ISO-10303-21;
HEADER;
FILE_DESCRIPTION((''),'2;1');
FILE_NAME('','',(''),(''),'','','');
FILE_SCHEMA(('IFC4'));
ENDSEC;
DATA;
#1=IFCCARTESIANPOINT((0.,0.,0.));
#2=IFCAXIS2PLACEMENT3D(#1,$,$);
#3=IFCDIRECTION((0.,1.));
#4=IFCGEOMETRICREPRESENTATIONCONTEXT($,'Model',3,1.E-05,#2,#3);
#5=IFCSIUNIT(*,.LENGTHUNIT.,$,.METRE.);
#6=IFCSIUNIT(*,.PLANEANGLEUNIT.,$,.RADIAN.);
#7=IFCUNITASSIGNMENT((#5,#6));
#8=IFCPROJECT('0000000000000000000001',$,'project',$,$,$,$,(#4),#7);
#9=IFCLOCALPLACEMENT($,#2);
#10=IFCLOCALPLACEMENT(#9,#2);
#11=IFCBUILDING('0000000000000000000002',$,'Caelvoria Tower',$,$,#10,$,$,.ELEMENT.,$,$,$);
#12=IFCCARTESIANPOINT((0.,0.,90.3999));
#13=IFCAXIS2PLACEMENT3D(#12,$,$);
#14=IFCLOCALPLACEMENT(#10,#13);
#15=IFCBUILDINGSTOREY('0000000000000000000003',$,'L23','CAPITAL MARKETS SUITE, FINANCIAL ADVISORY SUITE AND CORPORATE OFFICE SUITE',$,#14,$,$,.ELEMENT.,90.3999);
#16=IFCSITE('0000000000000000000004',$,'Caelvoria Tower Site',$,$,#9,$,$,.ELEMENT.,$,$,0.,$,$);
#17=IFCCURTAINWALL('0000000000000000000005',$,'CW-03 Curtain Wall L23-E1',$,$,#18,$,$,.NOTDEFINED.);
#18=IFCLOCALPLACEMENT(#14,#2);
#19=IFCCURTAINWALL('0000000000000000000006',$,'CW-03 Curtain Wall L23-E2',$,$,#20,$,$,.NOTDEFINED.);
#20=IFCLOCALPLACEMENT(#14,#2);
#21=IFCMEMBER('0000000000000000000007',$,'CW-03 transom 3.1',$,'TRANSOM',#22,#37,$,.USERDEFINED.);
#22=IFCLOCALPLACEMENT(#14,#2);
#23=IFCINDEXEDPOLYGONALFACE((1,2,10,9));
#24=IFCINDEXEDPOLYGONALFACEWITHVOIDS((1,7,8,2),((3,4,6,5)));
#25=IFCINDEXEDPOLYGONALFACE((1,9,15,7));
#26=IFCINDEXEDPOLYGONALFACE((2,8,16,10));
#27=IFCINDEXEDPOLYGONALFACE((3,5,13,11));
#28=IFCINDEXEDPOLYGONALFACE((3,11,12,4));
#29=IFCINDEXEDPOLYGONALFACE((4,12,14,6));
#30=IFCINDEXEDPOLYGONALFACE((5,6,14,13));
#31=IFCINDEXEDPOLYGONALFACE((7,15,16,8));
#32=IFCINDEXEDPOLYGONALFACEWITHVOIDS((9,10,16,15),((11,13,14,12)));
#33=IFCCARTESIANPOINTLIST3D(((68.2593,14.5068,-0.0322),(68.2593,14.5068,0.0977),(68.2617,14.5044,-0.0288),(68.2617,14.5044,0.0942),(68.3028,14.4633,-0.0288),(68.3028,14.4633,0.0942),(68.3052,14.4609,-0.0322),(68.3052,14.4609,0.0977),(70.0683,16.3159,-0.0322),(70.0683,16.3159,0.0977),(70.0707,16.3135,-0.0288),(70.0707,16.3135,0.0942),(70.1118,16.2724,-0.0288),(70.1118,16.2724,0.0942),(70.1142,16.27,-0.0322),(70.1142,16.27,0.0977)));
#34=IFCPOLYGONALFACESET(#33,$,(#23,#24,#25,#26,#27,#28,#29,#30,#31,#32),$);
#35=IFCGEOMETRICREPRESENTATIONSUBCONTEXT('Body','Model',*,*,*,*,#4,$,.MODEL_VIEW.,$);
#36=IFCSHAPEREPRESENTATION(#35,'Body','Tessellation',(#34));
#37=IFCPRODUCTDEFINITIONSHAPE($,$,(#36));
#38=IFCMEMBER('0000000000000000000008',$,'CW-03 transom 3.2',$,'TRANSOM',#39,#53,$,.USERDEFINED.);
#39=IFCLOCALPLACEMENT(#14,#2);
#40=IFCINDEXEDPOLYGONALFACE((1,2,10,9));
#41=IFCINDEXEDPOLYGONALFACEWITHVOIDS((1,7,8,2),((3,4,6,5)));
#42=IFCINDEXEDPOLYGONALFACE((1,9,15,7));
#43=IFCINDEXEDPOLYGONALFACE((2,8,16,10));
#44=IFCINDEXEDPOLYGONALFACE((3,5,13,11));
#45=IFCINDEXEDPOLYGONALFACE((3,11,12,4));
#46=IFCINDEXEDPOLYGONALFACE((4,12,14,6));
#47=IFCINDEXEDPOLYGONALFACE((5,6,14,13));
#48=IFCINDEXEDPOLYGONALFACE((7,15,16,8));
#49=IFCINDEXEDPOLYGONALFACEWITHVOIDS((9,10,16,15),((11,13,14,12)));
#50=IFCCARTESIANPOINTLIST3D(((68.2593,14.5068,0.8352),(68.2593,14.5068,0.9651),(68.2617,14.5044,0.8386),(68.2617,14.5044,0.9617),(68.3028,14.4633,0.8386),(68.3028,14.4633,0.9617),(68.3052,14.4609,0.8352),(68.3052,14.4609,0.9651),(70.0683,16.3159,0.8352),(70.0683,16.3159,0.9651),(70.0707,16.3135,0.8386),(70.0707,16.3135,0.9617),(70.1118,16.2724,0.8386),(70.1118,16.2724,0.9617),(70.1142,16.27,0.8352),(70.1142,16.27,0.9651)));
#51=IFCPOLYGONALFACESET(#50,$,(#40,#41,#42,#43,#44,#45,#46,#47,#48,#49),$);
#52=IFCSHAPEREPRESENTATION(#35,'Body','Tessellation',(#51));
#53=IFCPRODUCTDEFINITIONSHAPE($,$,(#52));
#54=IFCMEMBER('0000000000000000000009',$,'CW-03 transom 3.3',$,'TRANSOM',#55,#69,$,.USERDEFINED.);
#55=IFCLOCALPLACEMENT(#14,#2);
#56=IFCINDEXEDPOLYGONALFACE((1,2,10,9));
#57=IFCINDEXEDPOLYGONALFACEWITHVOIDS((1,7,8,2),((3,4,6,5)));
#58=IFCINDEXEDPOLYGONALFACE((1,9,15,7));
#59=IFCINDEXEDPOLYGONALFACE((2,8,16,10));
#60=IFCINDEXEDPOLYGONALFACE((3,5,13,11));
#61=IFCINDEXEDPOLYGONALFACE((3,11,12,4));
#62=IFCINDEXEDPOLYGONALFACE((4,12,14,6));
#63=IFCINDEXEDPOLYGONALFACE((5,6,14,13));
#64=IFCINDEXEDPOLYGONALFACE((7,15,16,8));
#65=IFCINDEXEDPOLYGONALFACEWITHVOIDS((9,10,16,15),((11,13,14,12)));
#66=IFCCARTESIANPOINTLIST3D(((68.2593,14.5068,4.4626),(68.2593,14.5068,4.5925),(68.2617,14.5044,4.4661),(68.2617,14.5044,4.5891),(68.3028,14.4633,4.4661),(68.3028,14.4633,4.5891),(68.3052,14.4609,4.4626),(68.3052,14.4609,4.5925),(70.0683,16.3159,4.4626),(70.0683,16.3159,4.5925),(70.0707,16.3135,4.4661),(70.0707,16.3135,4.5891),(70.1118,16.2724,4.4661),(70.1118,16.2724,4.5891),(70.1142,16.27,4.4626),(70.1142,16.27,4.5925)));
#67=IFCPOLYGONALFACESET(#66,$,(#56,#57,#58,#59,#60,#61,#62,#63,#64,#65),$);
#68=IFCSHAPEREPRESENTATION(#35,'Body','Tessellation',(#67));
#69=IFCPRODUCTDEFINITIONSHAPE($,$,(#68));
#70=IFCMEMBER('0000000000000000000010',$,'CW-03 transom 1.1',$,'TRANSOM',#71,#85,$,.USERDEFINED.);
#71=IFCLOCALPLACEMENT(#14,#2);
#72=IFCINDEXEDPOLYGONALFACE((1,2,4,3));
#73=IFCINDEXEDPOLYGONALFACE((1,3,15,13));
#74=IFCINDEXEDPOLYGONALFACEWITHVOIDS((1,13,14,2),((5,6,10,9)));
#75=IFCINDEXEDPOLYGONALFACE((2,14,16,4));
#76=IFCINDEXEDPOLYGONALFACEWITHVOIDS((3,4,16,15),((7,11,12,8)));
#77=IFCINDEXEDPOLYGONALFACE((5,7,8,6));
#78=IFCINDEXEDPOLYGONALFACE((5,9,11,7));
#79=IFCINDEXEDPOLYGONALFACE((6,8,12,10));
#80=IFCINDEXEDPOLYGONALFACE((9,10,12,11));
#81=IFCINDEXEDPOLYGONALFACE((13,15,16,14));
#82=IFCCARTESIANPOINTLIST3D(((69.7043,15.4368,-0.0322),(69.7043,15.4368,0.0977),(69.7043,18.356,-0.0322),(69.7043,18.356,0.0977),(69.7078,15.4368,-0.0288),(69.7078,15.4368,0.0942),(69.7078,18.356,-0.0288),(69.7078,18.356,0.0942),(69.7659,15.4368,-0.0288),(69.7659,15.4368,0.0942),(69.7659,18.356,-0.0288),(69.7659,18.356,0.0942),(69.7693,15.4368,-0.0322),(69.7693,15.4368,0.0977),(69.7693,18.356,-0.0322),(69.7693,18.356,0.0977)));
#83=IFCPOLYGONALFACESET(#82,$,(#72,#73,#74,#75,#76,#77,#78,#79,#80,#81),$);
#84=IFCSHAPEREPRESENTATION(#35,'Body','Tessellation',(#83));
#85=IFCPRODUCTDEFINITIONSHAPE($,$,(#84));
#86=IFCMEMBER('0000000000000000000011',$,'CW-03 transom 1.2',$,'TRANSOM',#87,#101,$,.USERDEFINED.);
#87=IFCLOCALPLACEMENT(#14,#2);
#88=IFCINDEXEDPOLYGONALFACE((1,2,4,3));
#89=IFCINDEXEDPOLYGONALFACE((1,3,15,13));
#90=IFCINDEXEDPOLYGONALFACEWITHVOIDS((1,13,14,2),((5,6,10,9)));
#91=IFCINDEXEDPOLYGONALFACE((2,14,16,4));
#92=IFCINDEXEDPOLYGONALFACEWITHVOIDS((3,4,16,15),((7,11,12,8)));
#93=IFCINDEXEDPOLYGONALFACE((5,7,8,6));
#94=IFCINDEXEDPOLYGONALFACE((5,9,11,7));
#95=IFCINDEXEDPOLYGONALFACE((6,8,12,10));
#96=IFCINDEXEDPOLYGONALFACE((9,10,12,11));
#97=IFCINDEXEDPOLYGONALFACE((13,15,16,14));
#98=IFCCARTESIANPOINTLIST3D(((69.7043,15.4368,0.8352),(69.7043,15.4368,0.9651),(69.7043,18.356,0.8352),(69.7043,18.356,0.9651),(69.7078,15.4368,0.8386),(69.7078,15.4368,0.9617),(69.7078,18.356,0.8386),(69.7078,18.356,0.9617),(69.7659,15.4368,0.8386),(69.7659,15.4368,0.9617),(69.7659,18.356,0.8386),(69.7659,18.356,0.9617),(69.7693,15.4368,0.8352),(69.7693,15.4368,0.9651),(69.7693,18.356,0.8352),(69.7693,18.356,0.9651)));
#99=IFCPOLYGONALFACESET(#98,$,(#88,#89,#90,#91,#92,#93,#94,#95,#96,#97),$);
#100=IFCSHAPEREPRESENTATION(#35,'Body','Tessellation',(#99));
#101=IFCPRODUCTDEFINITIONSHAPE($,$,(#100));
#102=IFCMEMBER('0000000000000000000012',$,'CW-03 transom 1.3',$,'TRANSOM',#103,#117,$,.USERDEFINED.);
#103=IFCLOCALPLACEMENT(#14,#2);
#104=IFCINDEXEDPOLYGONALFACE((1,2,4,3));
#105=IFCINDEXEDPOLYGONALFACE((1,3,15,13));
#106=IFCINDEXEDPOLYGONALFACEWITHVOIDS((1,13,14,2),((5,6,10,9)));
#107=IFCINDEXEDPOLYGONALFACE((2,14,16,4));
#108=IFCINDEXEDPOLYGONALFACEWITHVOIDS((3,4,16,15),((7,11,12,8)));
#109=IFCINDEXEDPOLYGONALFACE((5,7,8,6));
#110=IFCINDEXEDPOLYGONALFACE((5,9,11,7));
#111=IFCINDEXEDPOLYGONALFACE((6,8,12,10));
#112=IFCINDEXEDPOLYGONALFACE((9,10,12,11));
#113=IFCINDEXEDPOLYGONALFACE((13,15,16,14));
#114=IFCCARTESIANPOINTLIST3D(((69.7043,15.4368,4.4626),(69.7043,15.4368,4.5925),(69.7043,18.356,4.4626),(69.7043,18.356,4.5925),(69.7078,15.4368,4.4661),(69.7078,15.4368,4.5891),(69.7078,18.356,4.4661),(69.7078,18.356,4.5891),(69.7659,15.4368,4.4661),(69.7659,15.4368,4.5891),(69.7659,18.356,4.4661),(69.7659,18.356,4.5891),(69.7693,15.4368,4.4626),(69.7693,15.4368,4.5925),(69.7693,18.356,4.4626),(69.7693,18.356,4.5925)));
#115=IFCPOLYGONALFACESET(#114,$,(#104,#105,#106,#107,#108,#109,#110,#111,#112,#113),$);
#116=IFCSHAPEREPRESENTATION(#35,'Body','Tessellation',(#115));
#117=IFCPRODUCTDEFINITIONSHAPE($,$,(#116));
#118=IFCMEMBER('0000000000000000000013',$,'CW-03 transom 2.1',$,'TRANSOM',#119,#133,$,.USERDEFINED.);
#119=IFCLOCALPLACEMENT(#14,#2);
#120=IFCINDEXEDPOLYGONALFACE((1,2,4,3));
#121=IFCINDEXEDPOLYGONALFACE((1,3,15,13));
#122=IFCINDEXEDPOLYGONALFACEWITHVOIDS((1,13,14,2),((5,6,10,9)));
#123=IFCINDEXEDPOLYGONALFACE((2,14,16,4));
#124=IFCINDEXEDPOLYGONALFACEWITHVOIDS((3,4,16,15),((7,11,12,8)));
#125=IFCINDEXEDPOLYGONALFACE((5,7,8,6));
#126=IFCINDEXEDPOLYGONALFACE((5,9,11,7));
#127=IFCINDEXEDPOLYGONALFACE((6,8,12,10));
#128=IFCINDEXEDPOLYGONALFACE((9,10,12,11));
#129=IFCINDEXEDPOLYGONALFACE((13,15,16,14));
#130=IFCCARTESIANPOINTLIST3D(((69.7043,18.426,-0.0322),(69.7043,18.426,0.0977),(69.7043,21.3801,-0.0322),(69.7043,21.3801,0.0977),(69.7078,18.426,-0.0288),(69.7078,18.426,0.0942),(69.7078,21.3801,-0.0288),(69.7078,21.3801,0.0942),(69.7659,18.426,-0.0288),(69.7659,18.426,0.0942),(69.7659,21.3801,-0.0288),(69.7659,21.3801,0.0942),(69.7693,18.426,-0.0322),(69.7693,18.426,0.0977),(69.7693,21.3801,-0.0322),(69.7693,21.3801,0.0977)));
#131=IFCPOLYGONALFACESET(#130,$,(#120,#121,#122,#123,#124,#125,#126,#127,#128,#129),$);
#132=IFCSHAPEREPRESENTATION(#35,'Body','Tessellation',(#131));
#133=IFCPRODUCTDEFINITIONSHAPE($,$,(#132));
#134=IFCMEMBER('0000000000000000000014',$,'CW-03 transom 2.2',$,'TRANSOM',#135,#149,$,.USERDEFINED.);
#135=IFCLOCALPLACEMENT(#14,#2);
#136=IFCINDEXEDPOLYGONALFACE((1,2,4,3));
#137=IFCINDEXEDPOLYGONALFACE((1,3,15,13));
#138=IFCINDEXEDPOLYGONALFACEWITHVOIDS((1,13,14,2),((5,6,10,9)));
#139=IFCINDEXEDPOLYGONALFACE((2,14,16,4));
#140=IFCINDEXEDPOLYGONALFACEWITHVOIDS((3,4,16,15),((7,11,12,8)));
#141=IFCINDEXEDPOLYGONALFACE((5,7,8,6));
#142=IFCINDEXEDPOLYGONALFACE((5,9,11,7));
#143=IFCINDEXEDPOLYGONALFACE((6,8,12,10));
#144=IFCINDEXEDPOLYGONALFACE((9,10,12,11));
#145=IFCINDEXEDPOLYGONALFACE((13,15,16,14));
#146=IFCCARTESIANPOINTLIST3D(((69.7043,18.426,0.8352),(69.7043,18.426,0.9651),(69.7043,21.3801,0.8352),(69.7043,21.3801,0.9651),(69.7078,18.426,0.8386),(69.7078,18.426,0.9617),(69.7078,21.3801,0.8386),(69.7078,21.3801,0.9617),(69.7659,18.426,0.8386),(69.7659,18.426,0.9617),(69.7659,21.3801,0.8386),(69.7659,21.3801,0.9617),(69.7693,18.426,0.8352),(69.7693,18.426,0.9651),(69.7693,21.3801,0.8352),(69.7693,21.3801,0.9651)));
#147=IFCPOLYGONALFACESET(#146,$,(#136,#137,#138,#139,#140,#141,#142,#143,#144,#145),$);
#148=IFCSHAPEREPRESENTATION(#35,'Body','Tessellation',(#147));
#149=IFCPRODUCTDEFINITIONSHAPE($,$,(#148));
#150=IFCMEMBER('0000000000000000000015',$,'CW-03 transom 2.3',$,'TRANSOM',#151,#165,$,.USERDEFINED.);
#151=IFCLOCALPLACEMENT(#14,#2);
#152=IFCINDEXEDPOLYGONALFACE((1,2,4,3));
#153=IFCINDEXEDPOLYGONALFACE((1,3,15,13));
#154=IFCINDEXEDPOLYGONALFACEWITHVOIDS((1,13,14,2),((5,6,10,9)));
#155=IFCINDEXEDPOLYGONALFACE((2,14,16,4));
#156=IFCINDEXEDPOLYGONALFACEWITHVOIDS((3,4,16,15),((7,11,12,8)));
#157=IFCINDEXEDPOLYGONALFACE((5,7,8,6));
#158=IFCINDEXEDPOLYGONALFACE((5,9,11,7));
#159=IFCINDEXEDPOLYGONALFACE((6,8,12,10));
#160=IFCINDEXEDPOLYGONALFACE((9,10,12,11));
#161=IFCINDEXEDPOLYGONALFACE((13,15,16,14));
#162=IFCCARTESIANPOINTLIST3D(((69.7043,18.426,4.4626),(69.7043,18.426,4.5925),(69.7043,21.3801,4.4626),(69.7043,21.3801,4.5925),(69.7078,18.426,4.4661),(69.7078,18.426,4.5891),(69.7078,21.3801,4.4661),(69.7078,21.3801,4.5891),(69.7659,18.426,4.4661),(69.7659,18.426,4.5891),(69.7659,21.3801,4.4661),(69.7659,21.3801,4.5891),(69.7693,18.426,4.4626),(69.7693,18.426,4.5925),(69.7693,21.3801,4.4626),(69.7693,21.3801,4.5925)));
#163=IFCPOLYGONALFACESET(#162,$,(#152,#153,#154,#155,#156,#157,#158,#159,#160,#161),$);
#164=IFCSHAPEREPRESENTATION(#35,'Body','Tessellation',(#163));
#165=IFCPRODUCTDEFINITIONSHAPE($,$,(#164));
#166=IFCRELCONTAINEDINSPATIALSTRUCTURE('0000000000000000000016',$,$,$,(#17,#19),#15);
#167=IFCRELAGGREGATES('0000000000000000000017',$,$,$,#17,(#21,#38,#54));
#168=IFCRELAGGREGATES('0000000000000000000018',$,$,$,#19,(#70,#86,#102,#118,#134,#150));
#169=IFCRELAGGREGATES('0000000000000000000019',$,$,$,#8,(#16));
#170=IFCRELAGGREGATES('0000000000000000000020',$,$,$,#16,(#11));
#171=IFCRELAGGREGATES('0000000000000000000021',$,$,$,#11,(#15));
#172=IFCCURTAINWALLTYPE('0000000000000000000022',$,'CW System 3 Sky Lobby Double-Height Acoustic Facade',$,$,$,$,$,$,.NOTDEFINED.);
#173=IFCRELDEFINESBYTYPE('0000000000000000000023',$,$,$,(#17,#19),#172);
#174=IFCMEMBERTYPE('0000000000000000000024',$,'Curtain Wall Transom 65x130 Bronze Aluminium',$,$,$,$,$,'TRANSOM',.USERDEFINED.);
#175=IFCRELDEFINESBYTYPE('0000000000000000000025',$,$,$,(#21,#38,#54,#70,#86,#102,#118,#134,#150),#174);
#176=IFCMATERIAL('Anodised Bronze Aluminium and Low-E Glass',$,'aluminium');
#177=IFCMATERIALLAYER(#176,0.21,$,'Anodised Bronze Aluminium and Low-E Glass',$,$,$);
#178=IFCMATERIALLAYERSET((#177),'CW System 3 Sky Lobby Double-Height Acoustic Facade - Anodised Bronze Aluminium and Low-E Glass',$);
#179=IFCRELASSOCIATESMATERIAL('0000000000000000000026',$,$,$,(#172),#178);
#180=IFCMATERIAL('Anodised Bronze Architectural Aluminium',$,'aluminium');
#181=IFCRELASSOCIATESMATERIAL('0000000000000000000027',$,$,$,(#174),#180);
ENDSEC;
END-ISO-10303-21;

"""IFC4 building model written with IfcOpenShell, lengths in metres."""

from ifc_helpers import new_model, si_unit, direction, frame, origin, origin_2d, place, context, subcontext, project, spatial, hollow_rectangle, extrude, material, layer, layer_set, material_profile, profile_set, type_object, element, aggregate, save


model = new_model("IFC4")

# Units and contexts
model_context = context("Model", 3, precision=1e-05, world=origin(), true_north=direction((0.0, 1.0)))
body_context = subcontext(model_context, "Body", "Model", "MODEL_VIEW")
ifc_project = project(units=[si_unit("LENGTHUNIT", "METRE"), si_unit("PLANEANGLEUNIT", "RADIAN")], contexts=[model_context])

# Site, building, storey
site_placement = place(None, origin())
site = spatial("IfcSite", under=ifc_project, at=site_placement, Name="Caelvoria Tower Site", CompositionType="ELEMENT", RefElevation=0.0)
building_placement = place(site_placement, origin())
building = spatial("IfcBuilding", under=site, at=building_placement, Name="Caelvoria Tower", CompositionType="ELEMENT")
storey_placement = place(building_placement, frame((0.0, 0.0, 90.3999)))
storey = spatial("IfcBuildingStorey", under=building, at=storey_placement, Name="L23", Description="CAPITAL MARKETS SUITE, FINANCIAL ADVISORY SUITE AND CORPORATE OFFICE SUITE", CompositionType="ELEMENT", Elevation=90.3999)

# Shared definitions
ifc_material_1 = material(Name="Anodised Bronze Aluminium and Low-E Glass", Category="aluminium")
ifc_layer_1 = layer(ifc_material_1, 0.21, Name="Anodised Bronze Aluminium and Low-E Glass")
ifc_layer_set_1 = layer_set([ifc_layer_1], Name="CW System 3 Sky Lobby Double-Height Acoustic Facade - Anodised Bronze Aluminium and Low-E Glass")
curtain_wall_type = type_object("IfcCurtainWallType", Name="CW System 3 Sky Lobby Double-Height Acoustic Facade", PredefinedType="NOTDEFINED", material=ifc_layer_set_1)
ifc_material_2 = material(Name="Anodised Bronze Architectural Aluminium", Category="aluminium")

# Curtain walls
curtain_wall_1_placement = place(storey_placement, origin())
curtain_wall_1 = element("IfcCurtainWall", 1, at=curtain_wall_1_placement, inside=storey, type_object=curtain_wall_type, Name="CW-03 Curtain Wall L23-E1", PredefinedType="NOTDEFINED")
curtain_wall_2_placement = place(storey_placement, origin())
curtain_wall_2 = element("IfcCurtainWall", 2, at=curtain_wall_2_placement, inside=storey, type_object=curtain_wall_type, Name="CW-03 Curtain Wall L23-E2", PredefinedType="NOTDEFINED")

# Members
ifc_material_profile_1 = material_profile(ifc_material_2, hollow_rectangle(XDim=0.0649, YDim=0.1299, WallThickness=0.0034, at=origin_2d()), Name="Anodised Bronze Architectural Aluminium")
ifc_profile_set_1 = profile_set([ifc_material_profile_1], Name="CW_TRAN_65X130 - Anodised Bronze Architectural Aluminium")
member_type_1 = type_object("IfcMemberType", Name="Curtain Wall Transom 65x130 Bronze Aluminium", ElementType="TRANSOM", PredefinedType="USERDEFINED", material=ifc_profile_set_1)
member_1_placement = place(storey_placement, frame((68.2822, 14.4839, 0.0327), z_axis=(0.707107, 0.707107, 0.0), x_axis=(-0.707107, 0.707107, 0.0)))
member_1 = element("IfcMember", 3, at=member_1_placement, type_object=member_type_1, Name="CW-03 transom 3.1", ObjectType="TRANSOM", PredefinedType="USERDEFINED", context=body_context, shape_type="SweptSolid", body=[
    extrude(hollow_rectangle(XDim=0.0649, YDim=0.1299, WallThickness=0.0034, at=origin_2d()), origin(), (0.0, 0.0, 1.0), 2.5583),
])
member_2_placement = place(storey_placement, frame((68.2822, 14.4839, 0.9001), z_axis=(0.707107, 0.707107, 0.0), x_axis=(-0.707107, 0.707107, 0.0)))
member_2 = element("IfcMember", 4, at=member_2_placement, type_object=member_type_1, Name="CW-03 transom 3.2", ObjectType="TRANSOM", PredefinedType="USERDEFINED", context=body_context, shape_type="SweptSolid", body=[
    extrude(hollow_rectangle(XDim=0.0649, YDim=0.1299, WallThickness=0.0034, at=origin_2d()), origin(), (0.0, 0.0, 1.0), 2.5583),
])
member_3_placement = place(storey_placement, frame((68.2822, 14.4839, 4.5276), z_axis=(0.707107, 0.707107, 0.0), x_axis=(-0.707107, 0.707107, 0.0)))
member_3 = element("IfcMember", 5, at=member_3_placement, type_object=member_type_1, Name="CW-03 transom 3.3", ObjectType="TRANSOM", PredefinedType="USERDEFINED", context=body_context, shape_type="SweptSolid", body=[
    extrude(hollow_rectangle(XDim=0.0649, YDim=0.1299, WallThickness=0.0034, at=origin_2d()), origin(), (0.0, 0.0, 1.0), 2.5583),
])
member_4_placement = place(storey_placement, frame((69.7368, 15.4368, 0.0327), z_axis=(0.0, 1.0, 0.0), x_axis=(-1.0, 0.0, 0.0)))
member_4 = element("IfcMember", 6, at=member_4_placement, type_object=member_type_1, Name="CW-03 transom 1.1", ObjectType="TRANSOM", PredefinedType="USERDEFINED", context=body_context, shape_type="SweptSolid", body=[
    extrude(hollow_rectangle(XDim=0.0649, YDim=0.1299, WallThickness=0.0034, at=origin_2d()), origin(), (0.0, 0.0, 1.0), 2.9192),
])
member_5_placement = place(storey_placement, frame((69.7368, 15.4368, 0.9001), z_axis=(0.0, 1.0, 0.0), x_axis=(-1.0, 0.0, 0.0)))
member_5 = element("IfcMember", 7, at=member_5_placement, type_object=member_type_1, Name="CW-03 transom 1.2", ObjectType="TRANSOM", PredefinedType="USERDEFINED", context=body_context, shape_type="SweptSolid", body=[
    extrude(hollow_rectangle(XDim=0.0649, YDim=0.1299, WallThickness=0.0034, at=origin_2d()), origin(), (0.0, 0.0, 1.0), 2.9192),
])
member_6_placement = place(storey_placement, frame((69.7368, 15.4368, 4.5276), z_axis=(0.0, 1.0, 0.0), x_axis=(-1.0, 0.0, 0.0)))
member_6 = element("IfcMember", 8, at=member_6_placement, type_object=member_type_1, Name="CW-03 transom 1.3", ObjectType="TRANSOM", PredefinedType="USERDEFINED", context=body_context, shape_type="SweptSolid", body=[
    extrude(hollow_rectangle(XDim=0.0649, YDim=0.1299, WallThickness=0.0034, at=origin_2d()), origin(), (0.0, 0.0, 1.0), 2.9192),
])
member_7_placement = place(storey_placement, frame((69.7368, 18.426, 0.0327), z_axis=(0.0, 1.0, 0.0), x_axis=(-1.0, 0.0, 0.0)))
member_7 = element("IfcMember", 9, at=member_7_placement, type_object=member_type_1, Name="CW-03 transom 2.1", ObjectType="TRANSOM", PredefinedType="USERDEFINED", context=body_context, shape_type="SweptSolid", body=[
    extrude(hollow_rectangle(XDim=0.0649, YDim=0.1299, WallThickness=0.0034, at=origin_2d()), origin(), (0.0, 0.0, 1.0), 2.9541),
])
member_8_placement = place(storey_placement, frame((69.7368, 18.426, 0.9001), z_axis=(0.0, 1.0, 0.0), x_axis=(-1.0, 0.0, 0.0)))
member_8 = element("IfcMember", 10, at=member_8_placement, type_object=member_type_1, Name="CW-03 transom 2.2", ObjectType="TRANSOM", PredefinedType="USERDEFINED", context=body_context, shape_type="SweptSolid", body=[
    extrude(hollow_rectangle(XDim=0.0649, YDim=0.1299, WallThickness=0.0034, at=origin_2d()), origin(), (0.0, 0.0, 1.0), 2.9541),
])
member_9_placement = place(storey_placement, frame((69.7368, 18.426, 4.5276), z_axis=(0.0, 1.0, 0.0), x_axis=(-1.0, 0.0, 0.0)))
member_9 = element("IfcMember", 11, at=member_9_placement, type_object=member_type_1, Name="CW-03 transom 2.3", ObjectType="TRANSOM", PredefinedType="USERDEFINED", context=body_context, shape_type="SweptSolid", body=[
    extrude(hollow_rectangle(XDim=0.0649, YDim=0.1299, WallThickness=0.0034, at=origin_2d()), origin(), (0.0, 0.0, 1.0), 2.9541),
])

aggregate(curtain_wall_1, [member_1, member_2, member_3])
aggregate(curtain_wall_2, [member_4, member_5, member_6, member_7, member_8, member_9])

save(model, "model.ifc")
